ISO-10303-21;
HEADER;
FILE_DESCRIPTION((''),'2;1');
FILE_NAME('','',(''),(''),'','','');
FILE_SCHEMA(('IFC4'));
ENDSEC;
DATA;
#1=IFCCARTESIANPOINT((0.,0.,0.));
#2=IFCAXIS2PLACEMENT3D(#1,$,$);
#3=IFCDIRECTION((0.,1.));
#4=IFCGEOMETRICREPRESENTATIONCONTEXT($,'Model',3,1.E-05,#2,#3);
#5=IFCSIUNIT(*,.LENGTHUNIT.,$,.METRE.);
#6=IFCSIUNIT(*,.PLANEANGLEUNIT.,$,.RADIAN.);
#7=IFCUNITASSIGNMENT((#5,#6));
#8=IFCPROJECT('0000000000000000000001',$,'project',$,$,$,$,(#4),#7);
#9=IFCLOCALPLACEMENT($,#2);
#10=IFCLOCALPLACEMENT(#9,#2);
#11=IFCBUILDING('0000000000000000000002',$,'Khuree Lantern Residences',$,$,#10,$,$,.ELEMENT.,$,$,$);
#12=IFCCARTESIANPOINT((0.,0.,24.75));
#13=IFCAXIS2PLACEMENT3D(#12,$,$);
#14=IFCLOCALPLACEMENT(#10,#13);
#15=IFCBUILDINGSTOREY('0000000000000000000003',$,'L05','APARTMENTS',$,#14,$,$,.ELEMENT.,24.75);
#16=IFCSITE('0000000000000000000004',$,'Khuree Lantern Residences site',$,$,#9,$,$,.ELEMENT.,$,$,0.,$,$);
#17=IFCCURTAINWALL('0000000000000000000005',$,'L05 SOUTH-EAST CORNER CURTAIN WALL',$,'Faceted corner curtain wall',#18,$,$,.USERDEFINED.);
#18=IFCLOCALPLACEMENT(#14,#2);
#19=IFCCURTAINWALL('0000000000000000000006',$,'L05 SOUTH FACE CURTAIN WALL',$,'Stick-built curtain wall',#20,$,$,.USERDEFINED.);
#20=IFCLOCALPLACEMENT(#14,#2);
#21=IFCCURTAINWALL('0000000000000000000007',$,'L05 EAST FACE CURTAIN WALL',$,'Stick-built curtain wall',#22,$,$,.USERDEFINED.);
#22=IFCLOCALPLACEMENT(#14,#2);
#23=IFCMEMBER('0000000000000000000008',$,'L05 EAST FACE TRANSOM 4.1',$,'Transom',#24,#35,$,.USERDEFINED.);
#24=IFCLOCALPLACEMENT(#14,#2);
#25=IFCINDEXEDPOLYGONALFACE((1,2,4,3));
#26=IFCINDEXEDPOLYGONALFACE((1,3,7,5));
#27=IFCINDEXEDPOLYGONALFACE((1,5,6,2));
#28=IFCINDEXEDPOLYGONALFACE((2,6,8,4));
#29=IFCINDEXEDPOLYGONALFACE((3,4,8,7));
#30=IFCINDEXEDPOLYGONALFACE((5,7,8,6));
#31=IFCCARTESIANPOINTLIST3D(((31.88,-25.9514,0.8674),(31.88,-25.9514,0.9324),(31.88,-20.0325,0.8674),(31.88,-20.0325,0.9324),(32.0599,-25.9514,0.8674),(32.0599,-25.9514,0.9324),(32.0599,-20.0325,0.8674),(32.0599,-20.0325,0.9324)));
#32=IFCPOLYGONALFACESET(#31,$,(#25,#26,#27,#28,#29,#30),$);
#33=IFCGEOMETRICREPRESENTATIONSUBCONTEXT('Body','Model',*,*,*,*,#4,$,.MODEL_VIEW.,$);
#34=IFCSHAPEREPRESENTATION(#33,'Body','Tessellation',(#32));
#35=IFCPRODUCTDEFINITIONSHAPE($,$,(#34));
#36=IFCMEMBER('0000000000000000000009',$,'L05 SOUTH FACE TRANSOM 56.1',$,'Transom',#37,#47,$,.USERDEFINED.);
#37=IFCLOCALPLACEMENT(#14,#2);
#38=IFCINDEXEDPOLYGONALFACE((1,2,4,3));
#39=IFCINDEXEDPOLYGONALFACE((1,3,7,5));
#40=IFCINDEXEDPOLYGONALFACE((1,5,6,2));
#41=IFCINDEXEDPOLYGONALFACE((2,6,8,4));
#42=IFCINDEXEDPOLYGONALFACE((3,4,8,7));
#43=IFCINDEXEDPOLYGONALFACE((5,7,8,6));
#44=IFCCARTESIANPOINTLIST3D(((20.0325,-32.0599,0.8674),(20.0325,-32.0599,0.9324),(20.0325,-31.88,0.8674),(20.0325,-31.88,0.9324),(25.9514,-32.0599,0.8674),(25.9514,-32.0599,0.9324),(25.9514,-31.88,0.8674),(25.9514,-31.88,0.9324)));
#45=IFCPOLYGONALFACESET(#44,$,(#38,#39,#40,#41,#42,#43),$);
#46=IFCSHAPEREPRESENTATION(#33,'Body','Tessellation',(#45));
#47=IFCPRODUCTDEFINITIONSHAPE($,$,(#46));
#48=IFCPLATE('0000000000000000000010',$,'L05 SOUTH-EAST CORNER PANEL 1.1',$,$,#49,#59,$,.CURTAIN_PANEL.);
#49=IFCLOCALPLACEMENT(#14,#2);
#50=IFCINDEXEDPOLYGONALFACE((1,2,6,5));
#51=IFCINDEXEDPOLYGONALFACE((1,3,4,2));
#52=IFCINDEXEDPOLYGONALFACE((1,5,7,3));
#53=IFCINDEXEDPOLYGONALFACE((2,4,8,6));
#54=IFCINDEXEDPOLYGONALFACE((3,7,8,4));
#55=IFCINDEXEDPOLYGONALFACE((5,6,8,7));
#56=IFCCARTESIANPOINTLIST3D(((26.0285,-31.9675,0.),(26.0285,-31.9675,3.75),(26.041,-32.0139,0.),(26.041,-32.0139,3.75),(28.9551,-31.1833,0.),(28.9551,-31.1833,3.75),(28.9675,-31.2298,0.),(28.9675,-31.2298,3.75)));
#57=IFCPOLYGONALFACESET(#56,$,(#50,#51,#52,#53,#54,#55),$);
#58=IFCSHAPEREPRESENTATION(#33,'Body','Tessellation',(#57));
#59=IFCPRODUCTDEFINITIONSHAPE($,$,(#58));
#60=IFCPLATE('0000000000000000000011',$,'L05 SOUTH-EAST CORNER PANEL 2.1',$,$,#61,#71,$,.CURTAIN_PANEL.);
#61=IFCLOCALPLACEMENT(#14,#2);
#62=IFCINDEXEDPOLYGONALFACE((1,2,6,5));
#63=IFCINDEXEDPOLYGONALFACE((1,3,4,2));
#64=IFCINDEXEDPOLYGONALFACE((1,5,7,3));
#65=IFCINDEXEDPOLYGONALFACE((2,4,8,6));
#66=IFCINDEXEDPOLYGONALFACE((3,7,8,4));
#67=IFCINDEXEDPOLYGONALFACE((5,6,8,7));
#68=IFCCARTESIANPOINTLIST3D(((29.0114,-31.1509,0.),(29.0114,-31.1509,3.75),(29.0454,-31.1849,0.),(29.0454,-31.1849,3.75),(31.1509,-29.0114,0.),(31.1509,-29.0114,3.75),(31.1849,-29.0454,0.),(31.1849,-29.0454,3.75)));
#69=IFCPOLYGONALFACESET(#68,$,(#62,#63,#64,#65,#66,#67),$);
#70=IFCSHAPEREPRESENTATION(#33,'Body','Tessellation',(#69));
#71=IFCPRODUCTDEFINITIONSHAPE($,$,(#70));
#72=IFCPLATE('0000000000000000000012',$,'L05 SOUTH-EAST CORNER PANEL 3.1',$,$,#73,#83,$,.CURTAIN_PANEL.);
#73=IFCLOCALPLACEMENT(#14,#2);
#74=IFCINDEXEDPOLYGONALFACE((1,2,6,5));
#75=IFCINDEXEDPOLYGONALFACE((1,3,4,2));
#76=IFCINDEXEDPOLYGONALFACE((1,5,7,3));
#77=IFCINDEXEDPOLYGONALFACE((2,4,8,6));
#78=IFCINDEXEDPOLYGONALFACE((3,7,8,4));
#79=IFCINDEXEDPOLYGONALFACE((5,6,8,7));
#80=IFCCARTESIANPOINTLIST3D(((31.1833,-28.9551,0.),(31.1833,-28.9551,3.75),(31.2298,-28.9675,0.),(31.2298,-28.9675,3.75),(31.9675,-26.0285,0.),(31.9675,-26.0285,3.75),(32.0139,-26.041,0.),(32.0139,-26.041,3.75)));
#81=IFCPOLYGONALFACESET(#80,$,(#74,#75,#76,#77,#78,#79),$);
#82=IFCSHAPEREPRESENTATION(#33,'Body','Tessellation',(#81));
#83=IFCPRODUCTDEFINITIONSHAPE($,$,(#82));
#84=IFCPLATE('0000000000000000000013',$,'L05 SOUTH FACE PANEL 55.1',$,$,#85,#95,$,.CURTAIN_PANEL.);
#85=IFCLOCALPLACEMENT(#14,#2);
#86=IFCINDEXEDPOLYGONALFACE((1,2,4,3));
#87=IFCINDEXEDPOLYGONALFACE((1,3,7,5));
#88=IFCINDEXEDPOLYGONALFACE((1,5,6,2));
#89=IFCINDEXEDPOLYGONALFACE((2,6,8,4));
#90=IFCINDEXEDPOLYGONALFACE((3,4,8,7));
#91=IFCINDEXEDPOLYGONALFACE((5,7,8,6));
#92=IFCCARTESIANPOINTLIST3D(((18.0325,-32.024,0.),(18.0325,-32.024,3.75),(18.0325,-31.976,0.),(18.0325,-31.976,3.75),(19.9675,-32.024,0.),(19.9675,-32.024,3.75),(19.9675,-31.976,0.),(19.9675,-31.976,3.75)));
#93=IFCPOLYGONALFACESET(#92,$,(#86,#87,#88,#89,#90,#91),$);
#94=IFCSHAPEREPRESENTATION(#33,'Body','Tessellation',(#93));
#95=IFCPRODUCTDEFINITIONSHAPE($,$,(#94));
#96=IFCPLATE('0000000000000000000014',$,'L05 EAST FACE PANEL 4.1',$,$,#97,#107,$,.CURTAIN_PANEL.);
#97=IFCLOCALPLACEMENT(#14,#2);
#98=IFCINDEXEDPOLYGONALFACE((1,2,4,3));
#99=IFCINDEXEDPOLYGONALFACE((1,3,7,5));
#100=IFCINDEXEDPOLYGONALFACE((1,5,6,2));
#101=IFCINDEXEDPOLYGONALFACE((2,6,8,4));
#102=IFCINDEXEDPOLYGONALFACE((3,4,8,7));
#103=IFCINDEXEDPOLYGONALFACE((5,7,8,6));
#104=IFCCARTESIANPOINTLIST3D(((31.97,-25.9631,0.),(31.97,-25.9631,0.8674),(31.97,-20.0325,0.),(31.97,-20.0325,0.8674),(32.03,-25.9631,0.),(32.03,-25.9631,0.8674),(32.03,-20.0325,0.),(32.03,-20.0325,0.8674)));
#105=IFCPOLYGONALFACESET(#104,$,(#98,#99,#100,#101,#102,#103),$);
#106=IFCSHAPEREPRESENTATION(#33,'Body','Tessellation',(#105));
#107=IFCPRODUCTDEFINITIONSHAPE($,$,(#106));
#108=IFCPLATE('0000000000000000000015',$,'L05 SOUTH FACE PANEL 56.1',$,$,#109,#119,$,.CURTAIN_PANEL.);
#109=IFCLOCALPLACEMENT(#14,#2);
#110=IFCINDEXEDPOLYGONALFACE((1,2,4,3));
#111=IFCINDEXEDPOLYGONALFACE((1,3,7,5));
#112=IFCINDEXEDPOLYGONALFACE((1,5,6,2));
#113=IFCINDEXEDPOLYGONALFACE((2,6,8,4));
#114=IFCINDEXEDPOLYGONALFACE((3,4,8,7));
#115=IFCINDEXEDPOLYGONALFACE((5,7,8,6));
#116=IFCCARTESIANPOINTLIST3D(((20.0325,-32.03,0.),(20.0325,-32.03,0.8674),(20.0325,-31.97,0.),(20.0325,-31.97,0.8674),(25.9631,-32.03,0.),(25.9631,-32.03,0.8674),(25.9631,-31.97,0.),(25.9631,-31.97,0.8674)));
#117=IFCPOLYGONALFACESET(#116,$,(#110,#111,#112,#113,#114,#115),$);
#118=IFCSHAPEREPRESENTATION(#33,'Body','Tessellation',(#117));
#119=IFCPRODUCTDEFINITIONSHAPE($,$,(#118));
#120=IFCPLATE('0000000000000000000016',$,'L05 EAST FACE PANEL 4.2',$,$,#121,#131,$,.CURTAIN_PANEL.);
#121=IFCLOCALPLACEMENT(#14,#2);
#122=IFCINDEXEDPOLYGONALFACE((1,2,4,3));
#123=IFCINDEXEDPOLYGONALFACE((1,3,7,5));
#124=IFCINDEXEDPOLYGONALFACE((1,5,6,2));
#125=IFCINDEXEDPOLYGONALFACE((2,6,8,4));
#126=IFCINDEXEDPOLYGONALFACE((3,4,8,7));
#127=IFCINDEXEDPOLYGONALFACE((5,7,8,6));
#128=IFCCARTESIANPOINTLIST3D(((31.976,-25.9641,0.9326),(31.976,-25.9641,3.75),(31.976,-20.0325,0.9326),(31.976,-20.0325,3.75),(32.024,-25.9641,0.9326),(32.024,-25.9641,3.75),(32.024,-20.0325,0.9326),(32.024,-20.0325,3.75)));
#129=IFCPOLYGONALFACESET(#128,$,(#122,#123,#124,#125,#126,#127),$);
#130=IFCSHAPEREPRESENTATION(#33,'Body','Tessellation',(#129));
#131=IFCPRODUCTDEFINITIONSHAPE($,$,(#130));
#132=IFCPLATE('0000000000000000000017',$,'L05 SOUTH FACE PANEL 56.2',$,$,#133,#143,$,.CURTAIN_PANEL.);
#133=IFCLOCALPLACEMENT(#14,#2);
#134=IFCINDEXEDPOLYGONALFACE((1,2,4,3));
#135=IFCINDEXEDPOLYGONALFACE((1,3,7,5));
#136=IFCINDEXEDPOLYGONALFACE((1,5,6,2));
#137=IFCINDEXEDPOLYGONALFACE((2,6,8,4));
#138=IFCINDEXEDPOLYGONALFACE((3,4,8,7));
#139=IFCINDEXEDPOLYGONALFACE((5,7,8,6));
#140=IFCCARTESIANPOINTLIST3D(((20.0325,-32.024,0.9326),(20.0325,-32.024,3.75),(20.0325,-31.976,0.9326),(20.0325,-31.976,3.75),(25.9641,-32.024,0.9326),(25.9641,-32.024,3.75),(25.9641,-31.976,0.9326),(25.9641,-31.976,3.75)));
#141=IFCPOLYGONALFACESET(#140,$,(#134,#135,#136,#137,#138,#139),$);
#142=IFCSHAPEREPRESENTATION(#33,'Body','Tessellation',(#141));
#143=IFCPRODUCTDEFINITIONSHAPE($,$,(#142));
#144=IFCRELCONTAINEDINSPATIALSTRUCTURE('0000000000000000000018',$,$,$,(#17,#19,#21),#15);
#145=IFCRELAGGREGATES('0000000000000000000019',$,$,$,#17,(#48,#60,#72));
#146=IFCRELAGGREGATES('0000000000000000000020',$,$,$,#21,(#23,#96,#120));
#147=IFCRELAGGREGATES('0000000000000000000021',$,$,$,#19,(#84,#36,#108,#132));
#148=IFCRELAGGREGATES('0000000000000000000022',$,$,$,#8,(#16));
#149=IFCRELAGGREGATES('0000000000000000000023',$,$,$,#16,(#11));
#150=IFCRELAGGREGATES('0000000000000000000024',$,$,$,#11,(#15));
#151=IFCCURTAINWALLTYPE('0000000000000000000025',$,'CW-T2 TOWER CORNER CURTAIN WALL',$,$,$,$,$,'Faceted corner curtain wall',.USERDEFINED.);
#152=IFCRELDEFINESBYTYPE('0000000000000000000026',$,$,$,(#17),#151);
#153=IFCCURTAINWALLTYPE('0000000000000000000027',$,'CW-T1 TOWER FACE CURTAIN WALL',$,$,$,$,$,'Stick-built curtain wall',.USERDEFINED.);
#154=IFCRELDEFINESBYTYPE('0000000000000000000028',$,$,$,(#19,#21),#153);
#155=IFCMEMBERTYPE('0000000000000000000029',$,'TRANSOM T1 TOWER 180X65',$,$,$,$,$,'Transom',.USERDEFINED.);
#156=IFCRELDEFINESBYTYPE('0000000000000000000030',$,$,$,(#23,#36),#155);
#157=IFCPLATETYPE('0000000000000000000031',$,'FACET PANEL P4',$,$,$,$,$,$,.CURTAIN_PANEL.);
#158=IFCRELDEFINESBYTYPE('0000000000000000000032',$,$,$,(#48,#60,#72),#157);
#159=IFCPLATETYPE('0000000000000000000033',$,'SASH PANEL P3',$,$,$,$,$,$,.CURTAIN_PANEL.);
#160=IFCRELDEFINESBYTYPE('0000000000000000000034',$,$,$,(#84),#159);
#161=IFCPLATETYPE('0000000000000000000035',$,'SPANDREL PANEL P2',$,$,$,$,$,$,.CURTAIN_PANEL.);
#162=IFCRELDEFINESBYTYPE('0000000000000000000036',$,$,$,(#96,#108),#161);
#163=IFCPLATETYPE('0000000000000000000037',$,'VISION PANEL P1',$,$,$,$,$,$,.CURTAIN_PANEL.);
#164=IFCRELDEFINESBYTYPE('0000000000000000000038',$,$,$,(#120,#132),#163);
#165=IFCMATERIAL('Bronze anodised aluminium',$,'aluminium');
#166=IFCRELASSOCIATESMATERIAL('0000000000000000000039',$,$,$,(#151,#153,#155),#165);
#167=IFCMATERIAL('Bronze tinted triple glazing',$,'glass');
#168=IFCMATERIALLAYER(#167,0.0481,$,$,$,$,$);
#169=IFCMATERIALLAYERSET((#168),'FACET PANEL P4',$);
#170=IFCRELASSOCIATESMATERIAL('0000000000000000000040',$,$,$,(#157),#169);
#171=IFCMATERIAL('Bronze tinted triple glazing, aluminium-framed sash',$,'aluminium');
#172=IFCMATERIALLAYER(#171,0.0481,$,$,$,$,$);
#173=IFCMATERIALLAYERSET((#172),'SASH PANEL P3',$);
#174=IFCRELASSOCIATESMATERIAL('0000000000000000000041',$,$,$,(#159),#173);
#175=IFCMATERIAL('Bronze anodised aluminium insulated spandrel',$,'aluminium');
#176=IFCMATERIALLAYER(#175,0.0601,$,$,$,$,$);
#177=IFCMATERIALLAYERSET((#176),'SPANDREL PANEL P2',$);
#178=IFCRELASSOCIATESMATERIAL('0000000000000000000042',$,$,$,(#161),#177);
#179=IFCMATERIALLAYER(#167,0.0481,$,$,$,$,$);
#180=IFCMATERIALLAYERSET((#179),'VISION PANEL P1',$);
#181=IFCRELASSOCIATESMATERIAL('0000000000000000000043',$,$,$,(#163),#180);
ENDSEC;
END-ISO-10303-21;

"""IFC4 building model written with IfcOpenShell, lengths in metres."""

from ifc_helpers import new_model, si_unit, direction, frame, origin, origin_2d, place, context, subcontext, project, spatial, rectangle, extrude, material, layer, layer_set, material_profile, profile_set, type_object, element, aggregate, save


model = new_model("IFC4")

# Units and contexts
model_context = context("Model", 3, precision=1e-05, world=origin(), true_north=direction((0.0, 1.0)))
body_context = subcontext(model_context, "Body", "Model", "MODEL_VIEW")
ifc_project = project(units=[si_unit("LENGTHUNIT", "METRE"), si_unit("PLANEANGLEUNIT", "RADIAN")], contexts=[model_context])

# Site, building, storey
site_placement = place(None, origin())
site = spatial("IfcSite", under=ifc_project, at=site_placement, Name="Khuree Lantern Residences site", CompositionType="ELEMENT", RefElevation=0.0)
building_placement = place(site_placement, origin())
building = spatial("IfcBuilding", under=site, at=building_placement, Name="Khuree Lantern Residences", CompositionType="ELEMENT")
storey_placement = place(building_placement, frame((0.0, 0.0, 24.75)))
storey = spatial("IfcBuildingStorey", under=building, at=storey_placement, Name="L05", Description="APARTMENTS", CompositionType="ELEMENT", Elevation=24.75)

# Curtain walls
ifc_material_1 = material(Name="Bronze anodised aluminium", Category="aluminium")
curtain_wall_type_1 = type_object("IfcCurtainWallType", Name="CW-T2 TOWER CORNER CURTAIN WALL", ElementType="Faceted corner curtain wall", PredefinedType="USERDEFINED", material=ifc_material_1)
curtain_wall_1_placement = place(storey_placement, origin())
curtain_wall_1 = element("IfcCurtainWall", 1, at=curtain_wall_1_placement, inside=storey, type_object=curtain_wall_type_1, Name="L05 SOUTH-EAST CORNER CURTAIN WALL", ObjectType="Faceted corner curtain wall", PredefinedType="USERDEFINED")
curtain_wall_type_2 = type_object("IfcCurtainWallType", Name="CW-T1 TOWER FACE CURTAIN WALL", ElementType="Stick-built curtain wall", PredefinedType="USERDEFINED", material=ifc_material_1)
curtain_wall_2_placement = place(storey_placement, origin())
curtain_wall_2 = element("IfcCurtainWall", 2, at=curtain_wall_2_placement, inside=storey, type_object=curtain_wall_type_2, Name="L05 SOUTH FACE CURTAIN WALL", ObjectType="Stick-built curtain wall", PredefinedType="USERDEFINED")

# Curtain wall, member
curtain_wall_3_placement = place(storey_placement, origin())
curtain_wall_3 = element("IfcCurtainWall", 3, at=curtain_wall_3_placement, inside=storey, type_object=curtain_wall_type_2, Name="L05 EAST FACE CURTAIN WALL", ObjectType="Stick-built curtain wall", PredefinedType="USERDEFINED")
ifc_material_profile_1 = material_profile(ifc_material_1, rectangle(XDim=0.1799, YDim=0.0649, at=origin_2d()), Name="T1 180X65")
ifc_profile_set_1 = profile_set([ifc_material_profile_1], Name="Bronze anodised aluminium")
member_type_1 = type_object("IfcMemberType", Name="TRANSOM T1 TOWER 180X65", ElementType="Transom", PredefinedType="USERDEFINED", material=ifc_profile_set_1)
member_1_placement = place(storey_placement, frame((31.97, -25.9514, 0.8999), z_axis=(0.0, 1.0, 0.0), x_axis=(-1.0, 0.0, 0.0)))
member_1 = element("IfcMember", 4, at=member_1_placement, type_object=member_type_1, Name="L05 EAST FACE TRANSOM 4.1", ObjectType="Transom", PredefinedType="USERDEFINED", context=body_context, shape_type="SweptSolid", body=[
    extrude(rectangle(XDim=0.1799, YDim=0.0649, at=origin_2d()), origin(), (0.0, 0.0, 1.0), 5.9189),
])

# Member
member_2_placement = place(storey_placement, frame((20.0325, -31.97, 0.8999), z_axis=(1.0, 0.0, 0.0), x_axis=(0.0, 1.0, 0.0)))
member_2 = element("IfcMember", 5, at=member_2_placement, type_object=member_type_1, Name="L05 SOUTH FACE TRANSOM 56.1", ObjectType="Transom", PredefinedType="USERDEFINED", context=body_context, shape_type="SweptSolid", body=[
    extrude(rectangle(XDim=0.1799, YDim=0.0649, at=origin_2d()), origin(), (0.0, 0.0, 1.0), 5.9189),
])

# Plates
ifc_material_2 = material(Name="Bronze tinted triple glazing", Category="glass")
ifc_layer_1 = layer(ifc_material_2, 0.0481)
ifc_layer_set_1 = layer_set([ifc_layer_1], Name="FACET PANEL P4")
plate_type_1 = type_object("IfcPlateType", Name="FACET PANEL P4", PredefinedType="CURTAIN_PANEL", material=ifc_layer_set_1)
plate_1_placement = place(storey_placement, frame((27.498, -31.5986, 0.0), z_axis=(0.0, 0.0, 1.0), x_axis=(0.965926, 0.258819, 0.0)))
plate_1 = element("IfcPlate", 6, at=plate_1_placement, type_object=plate_type_1, Name="L05 SOUTH-EAST CORNER PANEL 1.1", PredefinedType="CURTAIN_PANEL", context=body_context, shape_type="SweptSolid", body=[
    extrude(rectangle(XDim=3.0298, YDim=0.0481, at=origin_2d()), origin(), (0.0, 0.0, 1.0), 3.75),
])
plate_2_placement = place(storey_placement, frame((30.0981, -30.0981, 0.0), z_axis=(0.0, 0.0, 1.0), x_axis=(0.707107, 0.707107, 0.0)))
plate_2 = element("IfcPlate", 7, at=plate_2_placement, type_object=plate_type_1, Name="L05 SOUTH-EAST CORNER PANEL 2.1", PredefinedType="CURTAIN_PANEL", context=body_context, shape_type="SweptSolid", body=[
    extrude(rectangle(XDim=3.0256, YDim=0.0481, at=origin_2d()), origin(), (0.0, 0.0, 1.0), 3.75),
])
plate_3_placement = place(storey_placement, frame((31.5986, -27.498, 0.0), z_axis=(0.0, 0.0, 1.0), x_axis=(0.258819, 0.965926, 0.0)))
plate_3 = element("IfcPlate", 8, at=plate_3_placement, type_object=plate_type_1, Name="L05 SOUTH-EAST CORNER PANEL 3.1", PredefinedType="CURTAIN_PANEL", context=body_context, shape_type="SweptSolid", body=[
    extrude(rectangle(XDim=3.0298, YDim=0.0481, at=origin_2d()), origin(), (0.0, 0.0, 1.0), 3.75),
])
aggregate(curtain_wall_1, [plate_1, plate_2, plate_3])
ifc_material_3 = material(Name="Bronze tinted triple glazing, aluminium-framed sash", Category="aluminium")
ifc_layer_2 = layer(ifc_material_3, 0.0481)
ifc_layer_set_2 = layer_set([ifc_layer_2], Name="SASH PANEL P3")
plate_type_2 = type_object("IfcPlateType", Name="SASH PANEL P3", PredefinedType="CURTAIN_PANEL", material=ifc_layer_set_2)
plate_4_placement = place(storey_placement, frame((19.0, -32.0, 0.0), z_axis=(0.0, 0.0, 1.0), x_axis=(1.0, 0.0, 0.0)))
plate_4 = element("IfcPlate", 9, at=plate_4_placement, type_object=plate_type_2, Name="L05 SOUTH FACE PANEL 55.1", PredefinedType="CURTAIN_PANEL", context=body_context, shape_type="SweptSolid", body=[
    extrude(rectangle(XDim=1.9351, YDim=0.0481, at=origin_2d()), origin(), (0.0, 0.0, 1.0), 3.75),
])
ifc_material_4 = material(Name="Bronze anodised aluminium insulated spandrel", Category="aluminium")
ifc_layer_3 = layer(ifc_material_4, 0.0601)
ifc_layer_set_3 = layer_set([ifc_layer_3], Name="SPANDREL PANEL P2")
plate_type_3 = type_object("IfcPlateType", Name="SPANDREL PANEL P2", PredefinedType="CURTAIN_PANEL", material=ifc_layer_set_3)
plate_5_placement = place(storey_placement, frame((32.0, -22.9978, 0.0), z_axis=(0.0, 0.0, 1.0), x_axis=(0.0, 1.0, 0.0)))
plate_5 = element("IfcPlate", 10, at=plate_5_placement, type_object=plate_type_3, Name="L05 EAST FACE PANEL 4.1", PredefinedType="CURTAIN_PANEL", context=body_context, shape_type="SweptSolid", body=[
    extrude(rectangle(XDim=5.9307, YDim=0.0601, at=origin_2d()), origin(), (0.0, 0.0, 1.0), 0.8674),
])
plate_6_placement = place(storey_placement, frame((22.9978, -32.0, 0.0), z_axis=(0.0, 0.0, 1.0), x_axis=(1.0, 0.0, 0.0)))
plate_6 = element("IfcPlate", 11, at=plate_6_placement, type_object=plate_type_3, Name="L05 SOUTH FACE PANEL 56.1", PredefinedType="CURTAIN_PANEL", context=body_context, shape_type="SweptSolid", body=[
    extrude(rectangle(XDim=5.9307, YDim=0.0601, at=origin_2d()), origin(), (0.0, 0.0, 1.0), 0.8674),
])
ifc_layer_4 = layer(ifc_material_2, 0.0481)
ifc_layer_set_4 = layer_set([ifc_layer_4], Name="VISION PANEL P1")
plate_type_4 = type_object("IfcPlateType", Name="VISION PANEL P1", PredefinedType="CURTAIN_PANEL", material=ifc_layer_set_4)
plate_7_placement = place(storey_placement, frame((32.0, -22.9983, 0.9326), z_axis=(0.0, 0.0, 1.0), x_axis=(0.0, 1.0, 0.0)))
plate_7 = element("IfcPlate", 12, at=plate_7_placement, type_object=plate_type_4, Name="L05 EAST FACE PANEL 4.2", PredefinedType="CURTAIN_PANEL", context=body_context, shape_type="SweptSolid", body=[
    extrude(rectangle(XDim=5.9316, YDim=0.0481, at=origin_2d()), origin(), (0.0, 0.0, 1.0), 2.8174),
])
aggregate(curtain_wall_3, [member_1, plate_5, plate_7])
plate_8_placement = place(storey_placement, frame((22.9983, -32.0, 0.9326), z_axis=(0.0, 0.0, 1.0), x_axis=(1.0, 0.0, 0.0)))
plate_8 = element("IfcPlate", 13, at=plate_8_placement, type_object=plate_type_4, Name="L05 SOUTH FACE PANEL 56.2", PredefinedType="CURTAIN_PANEL", context=body_context, shape_type="SweptSolid", body=[
    extrude(rectangle(XDim=5.9316, YDim=0.0481, at=origin_2d()), origin(), (0.0, 0.0, 1.0), 2.8174),
])
aggregate(curtain_wall_2, [plate_4, member_2, plate_6, plate_8])

save(model, "model.ifc")
